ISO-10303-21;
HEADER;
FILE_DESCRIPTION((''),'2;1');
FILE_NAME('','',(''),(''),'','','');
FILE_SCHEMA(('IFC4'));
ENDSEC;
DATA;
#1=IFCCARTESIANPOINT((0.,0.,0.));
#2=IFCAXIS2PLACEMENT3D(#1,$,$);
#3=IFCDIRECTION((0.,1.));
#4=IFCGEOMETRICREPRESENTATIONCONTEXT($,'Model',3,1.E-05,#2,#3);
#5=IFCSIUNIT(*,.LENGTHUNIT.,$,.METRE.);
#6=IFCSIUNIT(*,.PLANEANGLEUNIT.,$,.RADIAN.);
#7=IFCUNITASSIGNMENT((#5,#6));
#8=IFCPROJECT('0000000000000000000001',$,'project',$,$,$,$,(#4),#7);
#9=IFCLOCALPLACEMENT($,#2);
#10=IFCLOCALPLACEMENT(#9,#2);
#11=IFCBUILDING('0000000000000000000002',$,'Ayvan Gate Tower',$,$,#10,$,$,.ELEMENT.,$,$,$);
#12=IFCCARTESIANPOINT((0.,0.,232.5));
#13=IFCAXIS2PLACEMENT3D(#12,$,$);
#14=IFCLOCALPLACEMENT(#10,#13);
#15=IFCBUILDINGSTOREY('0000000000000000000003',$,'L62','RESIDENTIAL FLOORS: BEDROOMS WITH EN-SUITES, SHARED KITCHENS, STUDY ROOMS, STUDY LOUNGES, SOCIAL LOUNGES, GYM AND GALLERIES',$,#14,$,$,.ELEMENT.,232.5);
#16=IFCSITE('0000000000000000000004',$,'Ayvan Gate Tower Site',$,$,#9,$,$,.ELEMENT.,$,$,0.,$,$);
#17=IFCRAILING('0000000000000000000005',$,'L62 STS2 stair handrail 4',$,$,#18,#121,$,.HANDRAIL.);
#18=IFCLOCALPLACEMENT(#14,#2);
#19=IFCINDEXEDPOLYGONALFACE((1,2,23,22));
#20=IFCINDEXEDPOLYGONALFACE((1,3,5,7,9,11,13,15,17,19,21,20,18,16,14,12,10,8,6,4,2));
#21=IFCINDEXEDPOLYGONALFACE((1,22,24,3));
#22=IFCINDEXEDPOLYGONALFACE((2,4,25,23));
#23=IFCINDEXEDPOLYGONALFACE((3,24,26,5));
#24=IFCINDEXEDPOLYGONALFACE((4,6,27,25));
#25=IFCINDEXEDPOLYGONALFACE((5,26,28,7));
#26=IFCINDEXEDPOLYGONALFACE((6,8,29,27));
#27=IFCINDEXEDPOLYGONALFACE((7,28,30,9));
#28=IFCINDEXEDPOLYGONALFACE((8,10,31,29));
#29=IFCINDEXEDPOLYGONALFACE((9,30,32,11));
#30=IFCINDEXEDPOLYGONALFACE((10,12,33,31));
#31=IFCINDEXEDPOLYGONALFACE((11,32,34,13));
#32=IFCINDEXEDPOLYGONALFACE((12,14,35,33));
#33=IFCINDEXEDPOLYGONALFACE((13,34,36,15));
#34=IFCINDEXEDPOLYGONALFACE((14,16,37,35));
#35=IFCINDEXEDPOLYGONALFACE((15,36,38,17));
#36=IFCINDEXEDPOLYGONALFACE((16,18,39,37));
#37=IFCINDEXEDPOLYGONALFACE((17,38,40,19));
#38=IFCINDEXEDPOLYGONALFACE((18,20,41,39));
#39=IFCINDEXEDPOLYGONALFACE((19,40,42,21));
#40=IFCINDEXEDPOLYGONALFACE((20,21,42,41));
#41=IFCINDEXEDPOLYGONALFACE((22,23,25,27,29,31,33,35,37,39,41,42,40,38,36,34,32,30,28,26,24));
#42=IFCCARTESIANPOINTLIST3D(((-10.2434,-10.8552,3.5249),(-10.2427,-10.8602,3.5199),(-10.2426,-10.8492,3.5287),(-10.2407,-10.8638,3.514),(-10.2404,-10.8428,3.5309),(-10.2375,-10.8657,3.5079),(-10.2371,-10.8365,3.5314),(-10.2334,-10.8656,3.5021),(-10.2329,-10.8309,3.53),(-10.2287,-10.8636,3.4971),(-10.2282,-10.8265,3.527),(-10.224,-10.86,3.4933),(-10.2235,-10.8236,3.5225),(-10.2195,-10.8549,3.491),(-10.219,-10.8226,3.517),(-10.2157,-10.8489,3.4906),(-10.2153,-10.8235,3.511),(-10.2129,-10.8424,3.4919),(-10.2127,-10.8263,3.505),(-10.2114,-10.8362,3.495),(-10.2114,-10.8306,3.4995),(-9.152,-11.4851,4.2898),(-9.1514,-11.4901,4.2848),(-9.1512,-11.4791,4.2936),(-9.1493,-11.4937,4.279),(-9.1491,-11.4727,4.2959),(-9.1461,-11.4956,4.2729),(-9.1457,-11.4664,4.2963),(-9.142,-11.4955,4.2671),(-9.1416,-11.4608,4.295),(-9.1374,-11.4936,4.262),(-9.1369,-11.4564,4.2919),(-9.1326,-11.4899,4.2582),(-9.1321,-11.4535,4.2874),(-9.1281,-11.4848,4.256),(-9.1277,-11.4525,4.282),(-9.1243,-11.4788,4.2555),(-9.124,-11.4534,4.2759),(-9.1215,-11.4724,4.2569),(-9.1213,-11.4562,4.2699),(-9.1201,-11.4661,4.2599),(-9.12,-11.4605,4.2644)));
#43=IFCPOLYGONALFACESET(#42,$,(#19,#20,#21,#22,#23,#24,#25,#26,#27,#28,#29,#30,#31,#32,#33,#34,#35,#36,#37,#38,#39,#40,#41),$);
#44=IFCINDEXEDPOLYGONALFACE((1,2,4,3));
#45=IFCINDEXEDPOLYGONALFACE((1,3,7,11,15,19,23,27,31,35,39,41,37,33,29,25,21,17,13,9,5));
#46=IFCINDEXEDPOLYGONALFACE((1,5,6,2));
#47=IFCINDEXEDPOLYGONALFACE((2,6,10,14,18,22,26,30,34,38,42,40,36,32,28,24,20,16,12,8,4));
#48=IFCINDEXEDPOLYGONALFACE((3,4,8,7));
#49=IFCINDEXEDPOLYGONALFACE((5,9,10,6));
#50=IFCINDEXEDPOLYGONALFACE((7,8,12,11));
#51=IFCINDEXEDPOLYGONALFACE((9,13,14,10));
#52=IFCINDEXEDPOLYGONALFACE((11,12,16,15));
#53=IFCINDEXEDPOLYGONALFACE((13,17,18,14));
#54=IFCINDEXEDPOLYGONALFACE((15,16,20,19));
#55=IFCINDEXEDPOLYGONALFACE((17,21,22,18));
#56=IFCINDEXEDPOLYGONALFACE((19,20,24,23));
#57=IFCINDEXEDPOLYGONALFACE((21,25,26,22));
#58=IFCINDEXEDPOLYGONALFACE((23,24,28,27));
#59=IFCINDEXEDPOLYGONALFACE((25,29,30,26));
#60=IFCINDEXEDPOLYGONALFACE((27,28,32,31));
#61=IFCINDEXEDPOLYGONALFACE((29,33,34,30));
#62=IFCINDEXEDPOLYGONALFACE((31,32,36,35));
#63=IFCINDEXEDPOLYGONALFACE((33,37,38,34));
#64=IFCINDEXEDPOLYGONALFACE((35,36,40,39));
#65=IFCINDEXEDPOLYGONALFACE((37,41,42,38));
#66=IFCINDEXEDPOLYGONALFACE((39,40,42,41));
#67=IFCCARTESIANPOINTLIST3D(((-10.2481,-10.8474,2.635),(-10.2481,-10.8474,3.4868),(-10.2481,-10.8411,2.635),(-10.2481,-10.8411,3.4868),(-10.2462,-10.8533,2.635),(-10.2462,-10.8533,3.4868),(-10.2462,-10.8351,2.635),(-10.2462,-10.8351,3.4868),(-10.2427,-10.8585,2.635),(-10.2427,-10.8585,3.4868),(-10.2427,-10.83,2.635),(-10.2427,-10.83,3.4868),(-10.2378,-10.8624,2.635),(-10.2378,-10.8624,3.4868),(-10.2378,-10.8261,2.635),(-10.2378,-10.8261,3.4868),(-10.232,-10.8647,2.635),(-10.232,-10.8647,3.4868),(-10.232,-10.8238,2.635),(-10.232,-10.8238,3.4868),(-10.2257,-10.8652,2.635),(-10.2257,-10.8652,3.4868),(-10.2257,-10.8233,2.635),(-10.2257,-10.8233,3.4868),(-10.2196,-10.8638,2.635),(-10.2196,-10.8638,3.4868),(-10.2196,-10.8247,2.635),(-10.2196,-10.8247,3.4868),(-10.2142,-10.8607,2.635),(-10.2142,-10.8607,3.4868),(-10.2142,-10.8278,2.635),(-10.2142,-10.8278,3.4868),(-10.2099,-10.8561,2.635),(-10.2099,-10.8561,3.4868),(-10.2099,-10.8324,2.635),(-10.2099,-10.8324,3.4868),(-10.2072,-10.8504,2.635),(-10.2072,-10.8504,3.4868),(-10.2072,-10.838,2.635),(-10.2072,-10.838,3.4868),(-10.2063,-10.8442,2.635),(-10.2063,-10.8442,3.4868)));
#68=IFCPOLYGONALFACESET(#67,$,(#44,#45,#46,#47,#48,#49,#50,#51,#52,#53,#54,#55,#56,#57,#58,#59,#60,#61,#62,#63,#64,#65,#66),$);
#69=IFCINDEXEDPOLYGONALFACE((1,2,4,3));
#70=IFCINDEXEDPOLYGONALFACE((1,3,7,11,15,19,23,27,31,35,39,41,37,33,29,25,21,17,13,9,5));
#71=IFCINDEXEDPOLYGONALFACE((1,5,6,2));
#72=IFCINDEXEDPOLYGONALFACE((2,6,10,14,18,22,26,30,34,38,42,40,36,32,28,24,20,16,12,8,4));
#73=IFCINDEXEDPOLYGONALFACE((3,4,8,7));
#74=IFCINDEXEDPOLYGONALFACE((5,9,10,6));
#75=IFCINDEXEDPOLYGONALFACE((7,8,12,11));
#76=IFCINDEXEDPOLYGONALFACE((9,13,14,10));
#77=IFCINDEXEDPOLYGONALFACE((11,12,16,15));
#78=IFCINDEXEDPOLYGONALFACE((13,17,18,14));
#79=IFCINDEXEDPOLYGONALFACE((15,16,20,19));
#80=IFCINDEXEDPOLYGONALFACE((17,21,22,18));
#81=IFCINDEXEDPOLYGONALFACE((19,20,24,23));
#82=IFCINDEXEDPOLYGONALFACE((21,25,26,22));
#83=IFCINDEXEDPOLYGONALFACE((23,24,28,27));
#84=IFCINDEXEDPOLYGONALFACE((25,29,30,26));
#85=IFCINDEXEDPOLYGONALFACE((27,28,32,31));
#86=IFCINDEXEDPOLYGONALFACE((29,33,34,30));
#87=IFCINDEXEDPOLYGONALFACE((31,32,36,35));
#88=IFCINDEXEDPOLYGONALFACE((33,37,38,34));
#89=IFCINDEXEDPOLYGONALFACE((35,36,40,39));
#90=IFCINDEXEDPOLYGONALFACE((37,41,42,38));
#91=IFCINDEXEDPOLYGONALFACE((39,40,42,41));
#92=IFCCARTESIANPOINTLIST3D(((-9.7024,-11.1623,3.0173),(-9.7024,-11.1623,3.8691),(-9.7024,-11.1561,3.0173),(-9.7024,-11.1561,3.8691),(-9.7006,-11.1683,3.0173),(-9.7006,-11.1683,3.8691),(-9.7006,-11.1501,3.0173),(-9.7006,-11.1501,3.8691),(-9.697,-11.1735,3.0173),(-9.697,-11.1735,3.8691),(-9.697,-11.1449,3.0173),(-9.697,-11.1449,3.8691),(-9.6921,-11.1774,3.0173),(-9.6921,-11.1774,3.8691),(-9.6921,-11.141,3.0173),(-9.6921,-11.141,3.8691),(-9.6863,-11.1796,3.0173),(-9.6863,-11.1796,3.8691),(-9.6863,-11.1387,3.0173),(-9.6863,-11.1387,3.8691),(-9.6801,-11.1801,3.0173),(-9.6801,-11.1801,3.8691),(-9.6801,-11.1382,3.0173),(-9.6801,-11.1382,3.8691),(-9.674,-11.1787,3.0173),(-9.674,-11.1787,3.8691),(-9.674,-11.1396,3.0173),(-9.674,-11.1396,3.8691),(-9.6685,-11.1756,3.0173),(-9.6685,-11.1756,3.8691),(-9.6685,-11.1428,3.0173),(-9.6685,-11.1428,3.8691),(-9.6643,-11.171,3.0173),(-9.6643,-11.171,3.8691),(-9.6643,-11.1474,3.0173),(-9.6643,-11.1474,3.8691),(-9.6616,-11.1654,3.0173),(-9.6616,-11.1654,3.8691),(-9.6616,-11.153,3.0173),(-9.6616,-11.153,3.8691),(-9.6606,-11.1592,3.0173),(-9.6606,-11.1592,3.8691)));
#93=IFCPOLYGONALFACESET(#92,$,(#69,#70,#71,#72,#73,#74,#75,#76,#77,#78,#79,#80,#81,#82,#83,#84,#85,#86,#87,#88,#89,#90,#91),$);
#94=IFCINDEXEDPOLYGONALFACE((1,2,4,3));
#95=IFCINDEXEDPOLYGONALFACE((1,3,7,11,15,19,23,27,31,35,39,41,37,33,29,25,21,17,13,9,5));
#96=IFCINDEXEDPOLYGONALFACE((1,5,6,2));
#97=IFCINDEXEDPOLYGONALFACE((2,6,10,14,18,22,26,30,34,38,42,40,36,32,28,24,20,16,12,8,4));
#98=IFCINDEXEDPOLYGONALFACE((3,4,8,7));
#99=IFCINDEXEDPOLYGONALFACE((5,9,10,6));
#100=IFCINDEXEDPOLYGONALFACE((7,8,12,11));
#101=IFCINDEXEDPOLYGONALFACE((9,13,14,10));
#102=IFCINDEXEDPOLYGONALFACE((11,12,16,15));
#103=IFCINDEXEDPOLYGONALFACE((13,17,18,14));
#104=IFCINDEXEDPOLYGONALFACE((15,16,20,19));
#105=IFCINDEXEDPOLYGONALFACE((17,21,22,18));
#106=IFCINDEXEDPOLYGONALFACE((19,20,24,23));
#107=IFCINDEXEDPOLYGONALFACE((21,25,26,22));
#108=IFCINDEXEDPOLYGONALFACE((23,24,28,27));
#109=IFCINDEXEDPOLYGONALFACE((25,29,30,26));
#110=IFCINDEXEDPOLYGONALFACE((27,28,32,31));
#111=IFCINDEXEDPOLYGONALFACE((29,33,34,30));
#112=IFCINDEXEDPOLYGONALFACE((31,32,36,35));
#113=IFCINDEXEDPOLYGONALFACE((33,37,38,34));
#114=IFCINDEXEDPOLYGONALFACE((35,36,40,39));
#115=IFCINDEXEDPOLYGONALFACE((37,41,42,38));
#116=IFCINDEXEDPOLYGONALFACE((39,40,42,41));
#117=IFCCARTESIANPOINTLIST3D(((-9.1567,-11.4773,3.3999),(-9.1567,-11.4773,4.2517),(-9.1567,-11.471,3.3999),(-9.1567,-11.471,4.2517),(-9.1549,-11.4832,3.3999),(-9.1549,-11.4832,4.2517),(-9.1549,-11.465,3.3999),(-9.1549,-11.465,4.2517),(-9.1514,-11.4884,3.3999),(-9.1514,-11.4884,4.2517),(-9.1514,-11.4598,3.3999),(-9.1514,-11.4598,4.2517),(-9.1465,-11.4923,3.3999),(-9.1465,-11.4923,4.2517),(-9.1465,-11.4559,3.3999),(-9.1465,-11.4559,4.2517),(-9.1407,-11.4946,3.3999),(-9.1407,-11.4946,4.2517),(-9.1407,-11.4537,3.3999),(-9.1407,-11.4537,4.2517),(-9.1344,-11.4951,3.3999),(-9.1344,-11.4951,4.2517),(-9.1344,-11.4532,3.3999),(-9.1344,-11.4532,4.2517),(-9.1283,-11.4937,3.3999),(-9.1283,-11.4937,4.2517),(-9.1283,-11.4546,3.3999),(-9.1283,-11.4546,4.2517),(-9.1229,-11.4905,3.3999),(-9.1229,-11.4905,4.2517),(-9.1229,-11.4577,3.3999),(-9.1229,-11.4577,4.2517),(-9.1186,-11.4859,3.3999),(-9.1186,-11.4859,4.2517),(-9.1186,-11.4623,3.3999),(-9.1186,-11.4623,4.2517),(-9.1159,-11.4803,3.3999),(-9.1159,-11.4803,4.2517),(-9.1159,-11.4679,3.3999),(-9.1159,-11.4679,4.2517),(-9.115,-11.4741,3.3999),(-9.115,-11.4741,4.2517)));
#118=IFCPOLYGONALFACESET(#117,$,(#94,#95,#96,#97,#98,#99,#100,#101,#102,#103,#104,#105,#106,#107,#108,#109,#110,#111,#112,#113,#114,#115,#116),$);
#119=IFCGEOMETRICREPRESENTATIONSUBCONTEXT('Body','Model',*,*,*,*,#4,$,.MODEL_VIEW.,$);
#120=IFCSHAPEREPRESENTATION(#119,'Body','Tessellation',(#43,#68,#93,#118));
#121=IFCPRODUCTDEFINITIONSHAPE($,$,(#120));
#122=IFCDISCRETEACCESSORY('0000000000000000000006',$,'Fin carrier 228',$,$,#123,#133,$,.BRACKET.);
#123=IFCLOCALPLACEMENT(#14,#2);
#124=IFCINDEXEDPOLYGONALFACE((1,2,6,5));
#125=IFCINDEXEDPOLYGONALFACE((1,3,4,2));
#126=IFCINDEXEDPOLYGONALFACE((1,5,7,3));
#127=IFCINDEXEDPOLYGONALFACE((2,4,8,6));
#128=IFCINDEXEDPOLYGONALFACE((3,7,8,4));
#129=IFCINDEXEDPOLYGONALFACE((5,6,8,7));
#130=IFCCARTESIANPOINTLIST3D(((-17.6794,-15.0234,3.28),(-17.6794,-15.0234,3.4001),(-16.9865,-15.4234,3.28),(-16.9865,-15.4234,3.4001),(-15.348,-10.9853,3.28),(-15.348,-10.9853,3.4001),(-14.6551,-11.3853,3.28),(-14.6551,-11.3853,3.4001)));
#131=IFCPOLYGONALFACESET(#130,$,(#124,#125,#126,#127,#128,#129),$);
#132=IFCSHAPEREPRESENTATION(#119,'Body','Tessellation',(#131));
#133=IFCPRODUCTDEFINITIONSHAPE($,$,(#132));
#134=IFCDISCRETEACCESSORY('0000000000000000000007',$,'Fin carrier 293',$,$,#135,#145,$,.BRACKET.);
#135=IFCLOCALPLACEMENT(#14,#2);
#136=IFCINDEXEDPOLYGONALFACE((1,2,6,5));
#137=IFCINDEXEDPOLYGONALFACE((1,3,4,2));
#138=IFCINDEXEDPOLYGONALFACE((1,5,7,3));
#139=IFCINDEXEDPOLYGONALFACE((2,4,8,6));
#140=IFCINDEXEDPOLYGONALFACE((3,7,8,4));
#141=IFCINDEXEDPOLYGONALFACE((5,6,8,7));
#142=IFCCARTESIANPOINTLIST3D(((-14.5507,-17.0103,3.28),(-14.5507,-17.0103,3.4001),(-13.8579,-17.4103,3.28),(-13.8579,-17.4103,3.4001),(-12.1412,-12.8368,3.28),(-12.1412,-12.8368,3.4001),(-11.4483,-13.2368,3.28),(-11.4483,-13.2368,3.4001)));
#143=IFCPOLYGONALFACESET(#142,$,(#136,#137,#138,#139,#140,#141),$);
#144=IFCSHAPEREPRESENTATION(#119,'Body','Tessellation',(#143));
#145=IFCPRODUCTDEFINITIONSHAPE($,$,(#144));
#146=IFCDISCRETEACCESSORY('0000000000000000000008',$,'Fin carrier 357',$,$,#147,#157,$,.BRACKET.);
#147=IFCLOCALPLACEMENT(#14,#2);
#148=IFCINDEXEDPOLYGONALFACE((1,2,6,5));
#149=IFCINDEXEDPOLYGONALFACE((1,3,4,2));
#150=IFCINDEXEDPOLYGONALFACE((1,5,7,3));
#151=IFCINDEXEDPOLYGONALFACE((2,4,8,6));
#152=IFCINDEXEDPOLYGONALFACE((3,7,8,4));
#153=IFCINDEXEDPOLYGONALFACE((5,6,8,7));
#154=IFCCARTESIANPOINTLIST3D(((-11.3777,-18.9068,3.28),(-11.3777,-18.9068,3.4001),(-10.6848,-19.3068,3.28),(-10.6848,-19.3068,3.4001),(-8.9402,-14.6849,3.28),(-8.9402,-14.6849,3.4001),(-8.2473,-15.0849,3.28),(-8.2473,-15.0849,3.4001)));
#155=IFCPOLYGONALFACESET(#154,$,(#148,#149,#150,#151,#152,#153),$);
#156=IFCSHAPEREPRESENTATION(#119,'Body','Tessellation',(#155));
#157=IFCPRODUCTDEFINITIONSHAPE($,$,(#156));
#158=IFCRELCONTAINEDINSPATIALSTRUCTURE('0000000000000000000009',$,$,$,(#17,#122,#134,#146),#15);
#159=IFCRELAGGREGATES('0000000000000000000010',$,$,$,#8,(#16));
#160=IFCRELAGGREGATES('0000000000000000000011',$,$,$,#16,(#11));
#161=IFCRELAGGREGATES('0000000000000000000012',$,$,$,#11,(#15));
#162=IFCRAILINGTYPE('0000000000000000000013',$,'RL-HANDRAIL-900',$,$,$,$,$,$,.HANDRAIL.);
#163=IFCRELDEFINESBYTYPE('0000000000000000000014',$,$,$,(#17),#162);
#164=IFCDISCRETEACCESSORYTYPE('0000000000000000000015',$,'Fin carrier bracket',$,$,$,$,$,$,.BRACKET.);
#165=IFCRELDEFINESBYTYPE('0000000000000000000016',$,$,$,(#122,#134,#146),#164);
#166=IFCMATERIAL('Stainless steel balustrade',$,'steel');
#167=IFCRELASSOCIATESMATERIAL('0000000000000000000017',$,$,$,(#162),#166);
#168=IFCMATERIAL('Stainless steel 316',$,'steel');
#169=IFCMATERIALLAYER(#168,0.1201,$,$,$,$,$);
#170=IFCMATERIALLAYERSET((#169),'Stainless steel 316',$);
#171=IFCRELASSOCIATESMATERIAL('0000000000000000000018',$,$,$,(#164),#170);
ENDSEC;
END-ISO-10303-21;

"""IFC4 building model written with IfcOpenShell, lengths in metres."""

from ifc_helpers import new_model, si_unit, direction, frame, origin, origin_2d, place, context, subcontext, project, spatial, rectangle, circle, extrude, material, layer, layer_set, type_object, element, save


model = new_model("IFC4")

# Units and contexts
model_context = context("Model", 3, precision=1e-05, world=origin(), true_north=direction((0.0, 1.0)))
body_context = subcontext(model_context, "Body", "Model", "MODEL_VIEW")
ifc_project = project(units=[si_unit("LENGTHUNIT", "METRE"), si_unit("PLANEANGLEUNIT", "RADIAN")], contexts=[model_context])

# Site, building, storey
site_placement = place(None, origin())
site = spatial("IfcSite", under=ifc_project, at=site_placement, Name="Ayvan Gate Tower Site", CompositionType="ELEMENT", RefElevation=0.0)
building_placement = place(site_placement, origin())
building = spatial("IfcBuilding", under=site, at=building_placement, Name="Ayvan Gate Tower", CompositionType="ELEMENT")
storey_placement = place(building_placement, frame((0.0, 0.0, 232.5)))
storey = spatial("IfcBuildingStorey", under=building, at=storey_placement, Name="L62", Description="RESIDENTIAL FLOORS: BEDROOMS WITH EN-SUITES, SHARED KITCHENS, STUDY ROOMS, STUDY LOUNGES, SOCIAL LOUNGES, GYM AND GALLERIES", CompositionType="ELEMENT", Elevation=232.5)

# Railing
ifc_material_1 = material(Name="Stainless steel balustrade", Category="steel")
railing_type_1 = type_object("IfcRailingType", Name="RL-HANDRAIL-900", PredefinedType="HANDRAIL", material=ifc_material_1)
railing_1_placement = place(storey_placement, frame((-10.2273, -10.8442, 2.635)))
element("IfcRailing", 1, at=railing_1_placement, inside=storey, type_object=railing_type_1, Name="L62 STS2 stair handrail 4", PredefinedType="HANDRAIL", context=body_context, shape_type="SweptSolid", body=[
    extrude(circle(Radius=0.0239, at=origin_2d()), frame((0.0, 0.0, 0.876), z_axis=(0.740357, -0.42732, 0.518912), x_axis=(0.49989, 0.866089, 0.0)), (0.0, 0.0, 1.0), 1.4741),
    extrude(circle(Radius=0.021, at=origin_2d()), origin(), (0.0, 0.0, 1.0), 0.8518),
    extrude(circle(Radius=0.021, at=origin_2d()), frame((0.5457, -0.3149, 0.3823)), (0.0, 0.0, 1.0), 0.8518),
    extrude(circle(Radius=0.021, at=origin_2d()), frame((1.0913, -0.6299, 0.7649)), (0.0, 0.0, 1.0), 0.8518),
])

# Discrete accessories
ifc_material_2 = material(Name="Stainless steel 316", Category="steel")
ifc_layer_1 = layer(ifc_material_2, 0.1201)
ifc_layer_set_1 = layer_set([ifc_layer_1], Name="Stainless steel 316")
discrete_accessory_type = type_object("IfcDiscreteAccessoryType", Name="Fin carrier bracket", PredefinedType="BRACKET", material=ifc_layer_set_1)
discrete_accessory_1_placement = place(storey_placement, frame((-16.1672, -13.2043, 3.28), z_axis=(0.0, 0.0, 1.0), x_axis=(0.866025, -0.5, 0.0)))
element("IfcDiscreteAccessory", 2, at=discrete_accessory_1_placement, inside=storey, type_object=discrete_accessory_type, Name="Fin carrier 228", PredefinedType="BRACKET", context=body_context, shape_type="SweptSolid", body=[
    extrude(rectangle(XDim=0.8, YDim=4.6628, at=origin_2d()), origin(), (0.0, 0.0, 1.0), 0.1201),
])
discrete_accessory_2_placement = place(storey_placement, frame((-12.9995, -15.1235, 3.28), z_axis=(0.0, 0.0, 1.0), x_axis=(0.866025, -0.5, 0.0)))
element("IfcDiscreteAccessory", 3, at=discrete_accessory_2_placement, inside=storey, type_object=discrete_accessory_type, Name="Fin carrier 293", PredefinedType="BRACKET", context=body_context, shape_type="SweptSolid", body=[
    extrude(rectangle(XDim=0.8, YDim=4.8191, at=origin_2d()), origin(), (0.0, 0.0, 1.0), 0.1201),
])
discrete_accessory_3_placement = place(storey_placement, frame((-9.8125, -16.9958, 3.28), z_axis=(0.0, 0.0, 1.0), x_axis=(0.866025, -0.5, 0.0)))
element("IfcDiscreteAccessory", 4, at=discrete_accessory_3_placement, inside=storey, type_object=discrete_accessory_type, Name="Fin carrier 357", PredefinedType="BRACKET", context=body_context, shape_type="SweptSolid", body=[
    extrude(rectangle(XDim=0.8, YDim=4.875, at=origin_2d()), origin(), (0.0, 0.0, 1.0), 0.1201),
])

save(model, "model.ifc")
